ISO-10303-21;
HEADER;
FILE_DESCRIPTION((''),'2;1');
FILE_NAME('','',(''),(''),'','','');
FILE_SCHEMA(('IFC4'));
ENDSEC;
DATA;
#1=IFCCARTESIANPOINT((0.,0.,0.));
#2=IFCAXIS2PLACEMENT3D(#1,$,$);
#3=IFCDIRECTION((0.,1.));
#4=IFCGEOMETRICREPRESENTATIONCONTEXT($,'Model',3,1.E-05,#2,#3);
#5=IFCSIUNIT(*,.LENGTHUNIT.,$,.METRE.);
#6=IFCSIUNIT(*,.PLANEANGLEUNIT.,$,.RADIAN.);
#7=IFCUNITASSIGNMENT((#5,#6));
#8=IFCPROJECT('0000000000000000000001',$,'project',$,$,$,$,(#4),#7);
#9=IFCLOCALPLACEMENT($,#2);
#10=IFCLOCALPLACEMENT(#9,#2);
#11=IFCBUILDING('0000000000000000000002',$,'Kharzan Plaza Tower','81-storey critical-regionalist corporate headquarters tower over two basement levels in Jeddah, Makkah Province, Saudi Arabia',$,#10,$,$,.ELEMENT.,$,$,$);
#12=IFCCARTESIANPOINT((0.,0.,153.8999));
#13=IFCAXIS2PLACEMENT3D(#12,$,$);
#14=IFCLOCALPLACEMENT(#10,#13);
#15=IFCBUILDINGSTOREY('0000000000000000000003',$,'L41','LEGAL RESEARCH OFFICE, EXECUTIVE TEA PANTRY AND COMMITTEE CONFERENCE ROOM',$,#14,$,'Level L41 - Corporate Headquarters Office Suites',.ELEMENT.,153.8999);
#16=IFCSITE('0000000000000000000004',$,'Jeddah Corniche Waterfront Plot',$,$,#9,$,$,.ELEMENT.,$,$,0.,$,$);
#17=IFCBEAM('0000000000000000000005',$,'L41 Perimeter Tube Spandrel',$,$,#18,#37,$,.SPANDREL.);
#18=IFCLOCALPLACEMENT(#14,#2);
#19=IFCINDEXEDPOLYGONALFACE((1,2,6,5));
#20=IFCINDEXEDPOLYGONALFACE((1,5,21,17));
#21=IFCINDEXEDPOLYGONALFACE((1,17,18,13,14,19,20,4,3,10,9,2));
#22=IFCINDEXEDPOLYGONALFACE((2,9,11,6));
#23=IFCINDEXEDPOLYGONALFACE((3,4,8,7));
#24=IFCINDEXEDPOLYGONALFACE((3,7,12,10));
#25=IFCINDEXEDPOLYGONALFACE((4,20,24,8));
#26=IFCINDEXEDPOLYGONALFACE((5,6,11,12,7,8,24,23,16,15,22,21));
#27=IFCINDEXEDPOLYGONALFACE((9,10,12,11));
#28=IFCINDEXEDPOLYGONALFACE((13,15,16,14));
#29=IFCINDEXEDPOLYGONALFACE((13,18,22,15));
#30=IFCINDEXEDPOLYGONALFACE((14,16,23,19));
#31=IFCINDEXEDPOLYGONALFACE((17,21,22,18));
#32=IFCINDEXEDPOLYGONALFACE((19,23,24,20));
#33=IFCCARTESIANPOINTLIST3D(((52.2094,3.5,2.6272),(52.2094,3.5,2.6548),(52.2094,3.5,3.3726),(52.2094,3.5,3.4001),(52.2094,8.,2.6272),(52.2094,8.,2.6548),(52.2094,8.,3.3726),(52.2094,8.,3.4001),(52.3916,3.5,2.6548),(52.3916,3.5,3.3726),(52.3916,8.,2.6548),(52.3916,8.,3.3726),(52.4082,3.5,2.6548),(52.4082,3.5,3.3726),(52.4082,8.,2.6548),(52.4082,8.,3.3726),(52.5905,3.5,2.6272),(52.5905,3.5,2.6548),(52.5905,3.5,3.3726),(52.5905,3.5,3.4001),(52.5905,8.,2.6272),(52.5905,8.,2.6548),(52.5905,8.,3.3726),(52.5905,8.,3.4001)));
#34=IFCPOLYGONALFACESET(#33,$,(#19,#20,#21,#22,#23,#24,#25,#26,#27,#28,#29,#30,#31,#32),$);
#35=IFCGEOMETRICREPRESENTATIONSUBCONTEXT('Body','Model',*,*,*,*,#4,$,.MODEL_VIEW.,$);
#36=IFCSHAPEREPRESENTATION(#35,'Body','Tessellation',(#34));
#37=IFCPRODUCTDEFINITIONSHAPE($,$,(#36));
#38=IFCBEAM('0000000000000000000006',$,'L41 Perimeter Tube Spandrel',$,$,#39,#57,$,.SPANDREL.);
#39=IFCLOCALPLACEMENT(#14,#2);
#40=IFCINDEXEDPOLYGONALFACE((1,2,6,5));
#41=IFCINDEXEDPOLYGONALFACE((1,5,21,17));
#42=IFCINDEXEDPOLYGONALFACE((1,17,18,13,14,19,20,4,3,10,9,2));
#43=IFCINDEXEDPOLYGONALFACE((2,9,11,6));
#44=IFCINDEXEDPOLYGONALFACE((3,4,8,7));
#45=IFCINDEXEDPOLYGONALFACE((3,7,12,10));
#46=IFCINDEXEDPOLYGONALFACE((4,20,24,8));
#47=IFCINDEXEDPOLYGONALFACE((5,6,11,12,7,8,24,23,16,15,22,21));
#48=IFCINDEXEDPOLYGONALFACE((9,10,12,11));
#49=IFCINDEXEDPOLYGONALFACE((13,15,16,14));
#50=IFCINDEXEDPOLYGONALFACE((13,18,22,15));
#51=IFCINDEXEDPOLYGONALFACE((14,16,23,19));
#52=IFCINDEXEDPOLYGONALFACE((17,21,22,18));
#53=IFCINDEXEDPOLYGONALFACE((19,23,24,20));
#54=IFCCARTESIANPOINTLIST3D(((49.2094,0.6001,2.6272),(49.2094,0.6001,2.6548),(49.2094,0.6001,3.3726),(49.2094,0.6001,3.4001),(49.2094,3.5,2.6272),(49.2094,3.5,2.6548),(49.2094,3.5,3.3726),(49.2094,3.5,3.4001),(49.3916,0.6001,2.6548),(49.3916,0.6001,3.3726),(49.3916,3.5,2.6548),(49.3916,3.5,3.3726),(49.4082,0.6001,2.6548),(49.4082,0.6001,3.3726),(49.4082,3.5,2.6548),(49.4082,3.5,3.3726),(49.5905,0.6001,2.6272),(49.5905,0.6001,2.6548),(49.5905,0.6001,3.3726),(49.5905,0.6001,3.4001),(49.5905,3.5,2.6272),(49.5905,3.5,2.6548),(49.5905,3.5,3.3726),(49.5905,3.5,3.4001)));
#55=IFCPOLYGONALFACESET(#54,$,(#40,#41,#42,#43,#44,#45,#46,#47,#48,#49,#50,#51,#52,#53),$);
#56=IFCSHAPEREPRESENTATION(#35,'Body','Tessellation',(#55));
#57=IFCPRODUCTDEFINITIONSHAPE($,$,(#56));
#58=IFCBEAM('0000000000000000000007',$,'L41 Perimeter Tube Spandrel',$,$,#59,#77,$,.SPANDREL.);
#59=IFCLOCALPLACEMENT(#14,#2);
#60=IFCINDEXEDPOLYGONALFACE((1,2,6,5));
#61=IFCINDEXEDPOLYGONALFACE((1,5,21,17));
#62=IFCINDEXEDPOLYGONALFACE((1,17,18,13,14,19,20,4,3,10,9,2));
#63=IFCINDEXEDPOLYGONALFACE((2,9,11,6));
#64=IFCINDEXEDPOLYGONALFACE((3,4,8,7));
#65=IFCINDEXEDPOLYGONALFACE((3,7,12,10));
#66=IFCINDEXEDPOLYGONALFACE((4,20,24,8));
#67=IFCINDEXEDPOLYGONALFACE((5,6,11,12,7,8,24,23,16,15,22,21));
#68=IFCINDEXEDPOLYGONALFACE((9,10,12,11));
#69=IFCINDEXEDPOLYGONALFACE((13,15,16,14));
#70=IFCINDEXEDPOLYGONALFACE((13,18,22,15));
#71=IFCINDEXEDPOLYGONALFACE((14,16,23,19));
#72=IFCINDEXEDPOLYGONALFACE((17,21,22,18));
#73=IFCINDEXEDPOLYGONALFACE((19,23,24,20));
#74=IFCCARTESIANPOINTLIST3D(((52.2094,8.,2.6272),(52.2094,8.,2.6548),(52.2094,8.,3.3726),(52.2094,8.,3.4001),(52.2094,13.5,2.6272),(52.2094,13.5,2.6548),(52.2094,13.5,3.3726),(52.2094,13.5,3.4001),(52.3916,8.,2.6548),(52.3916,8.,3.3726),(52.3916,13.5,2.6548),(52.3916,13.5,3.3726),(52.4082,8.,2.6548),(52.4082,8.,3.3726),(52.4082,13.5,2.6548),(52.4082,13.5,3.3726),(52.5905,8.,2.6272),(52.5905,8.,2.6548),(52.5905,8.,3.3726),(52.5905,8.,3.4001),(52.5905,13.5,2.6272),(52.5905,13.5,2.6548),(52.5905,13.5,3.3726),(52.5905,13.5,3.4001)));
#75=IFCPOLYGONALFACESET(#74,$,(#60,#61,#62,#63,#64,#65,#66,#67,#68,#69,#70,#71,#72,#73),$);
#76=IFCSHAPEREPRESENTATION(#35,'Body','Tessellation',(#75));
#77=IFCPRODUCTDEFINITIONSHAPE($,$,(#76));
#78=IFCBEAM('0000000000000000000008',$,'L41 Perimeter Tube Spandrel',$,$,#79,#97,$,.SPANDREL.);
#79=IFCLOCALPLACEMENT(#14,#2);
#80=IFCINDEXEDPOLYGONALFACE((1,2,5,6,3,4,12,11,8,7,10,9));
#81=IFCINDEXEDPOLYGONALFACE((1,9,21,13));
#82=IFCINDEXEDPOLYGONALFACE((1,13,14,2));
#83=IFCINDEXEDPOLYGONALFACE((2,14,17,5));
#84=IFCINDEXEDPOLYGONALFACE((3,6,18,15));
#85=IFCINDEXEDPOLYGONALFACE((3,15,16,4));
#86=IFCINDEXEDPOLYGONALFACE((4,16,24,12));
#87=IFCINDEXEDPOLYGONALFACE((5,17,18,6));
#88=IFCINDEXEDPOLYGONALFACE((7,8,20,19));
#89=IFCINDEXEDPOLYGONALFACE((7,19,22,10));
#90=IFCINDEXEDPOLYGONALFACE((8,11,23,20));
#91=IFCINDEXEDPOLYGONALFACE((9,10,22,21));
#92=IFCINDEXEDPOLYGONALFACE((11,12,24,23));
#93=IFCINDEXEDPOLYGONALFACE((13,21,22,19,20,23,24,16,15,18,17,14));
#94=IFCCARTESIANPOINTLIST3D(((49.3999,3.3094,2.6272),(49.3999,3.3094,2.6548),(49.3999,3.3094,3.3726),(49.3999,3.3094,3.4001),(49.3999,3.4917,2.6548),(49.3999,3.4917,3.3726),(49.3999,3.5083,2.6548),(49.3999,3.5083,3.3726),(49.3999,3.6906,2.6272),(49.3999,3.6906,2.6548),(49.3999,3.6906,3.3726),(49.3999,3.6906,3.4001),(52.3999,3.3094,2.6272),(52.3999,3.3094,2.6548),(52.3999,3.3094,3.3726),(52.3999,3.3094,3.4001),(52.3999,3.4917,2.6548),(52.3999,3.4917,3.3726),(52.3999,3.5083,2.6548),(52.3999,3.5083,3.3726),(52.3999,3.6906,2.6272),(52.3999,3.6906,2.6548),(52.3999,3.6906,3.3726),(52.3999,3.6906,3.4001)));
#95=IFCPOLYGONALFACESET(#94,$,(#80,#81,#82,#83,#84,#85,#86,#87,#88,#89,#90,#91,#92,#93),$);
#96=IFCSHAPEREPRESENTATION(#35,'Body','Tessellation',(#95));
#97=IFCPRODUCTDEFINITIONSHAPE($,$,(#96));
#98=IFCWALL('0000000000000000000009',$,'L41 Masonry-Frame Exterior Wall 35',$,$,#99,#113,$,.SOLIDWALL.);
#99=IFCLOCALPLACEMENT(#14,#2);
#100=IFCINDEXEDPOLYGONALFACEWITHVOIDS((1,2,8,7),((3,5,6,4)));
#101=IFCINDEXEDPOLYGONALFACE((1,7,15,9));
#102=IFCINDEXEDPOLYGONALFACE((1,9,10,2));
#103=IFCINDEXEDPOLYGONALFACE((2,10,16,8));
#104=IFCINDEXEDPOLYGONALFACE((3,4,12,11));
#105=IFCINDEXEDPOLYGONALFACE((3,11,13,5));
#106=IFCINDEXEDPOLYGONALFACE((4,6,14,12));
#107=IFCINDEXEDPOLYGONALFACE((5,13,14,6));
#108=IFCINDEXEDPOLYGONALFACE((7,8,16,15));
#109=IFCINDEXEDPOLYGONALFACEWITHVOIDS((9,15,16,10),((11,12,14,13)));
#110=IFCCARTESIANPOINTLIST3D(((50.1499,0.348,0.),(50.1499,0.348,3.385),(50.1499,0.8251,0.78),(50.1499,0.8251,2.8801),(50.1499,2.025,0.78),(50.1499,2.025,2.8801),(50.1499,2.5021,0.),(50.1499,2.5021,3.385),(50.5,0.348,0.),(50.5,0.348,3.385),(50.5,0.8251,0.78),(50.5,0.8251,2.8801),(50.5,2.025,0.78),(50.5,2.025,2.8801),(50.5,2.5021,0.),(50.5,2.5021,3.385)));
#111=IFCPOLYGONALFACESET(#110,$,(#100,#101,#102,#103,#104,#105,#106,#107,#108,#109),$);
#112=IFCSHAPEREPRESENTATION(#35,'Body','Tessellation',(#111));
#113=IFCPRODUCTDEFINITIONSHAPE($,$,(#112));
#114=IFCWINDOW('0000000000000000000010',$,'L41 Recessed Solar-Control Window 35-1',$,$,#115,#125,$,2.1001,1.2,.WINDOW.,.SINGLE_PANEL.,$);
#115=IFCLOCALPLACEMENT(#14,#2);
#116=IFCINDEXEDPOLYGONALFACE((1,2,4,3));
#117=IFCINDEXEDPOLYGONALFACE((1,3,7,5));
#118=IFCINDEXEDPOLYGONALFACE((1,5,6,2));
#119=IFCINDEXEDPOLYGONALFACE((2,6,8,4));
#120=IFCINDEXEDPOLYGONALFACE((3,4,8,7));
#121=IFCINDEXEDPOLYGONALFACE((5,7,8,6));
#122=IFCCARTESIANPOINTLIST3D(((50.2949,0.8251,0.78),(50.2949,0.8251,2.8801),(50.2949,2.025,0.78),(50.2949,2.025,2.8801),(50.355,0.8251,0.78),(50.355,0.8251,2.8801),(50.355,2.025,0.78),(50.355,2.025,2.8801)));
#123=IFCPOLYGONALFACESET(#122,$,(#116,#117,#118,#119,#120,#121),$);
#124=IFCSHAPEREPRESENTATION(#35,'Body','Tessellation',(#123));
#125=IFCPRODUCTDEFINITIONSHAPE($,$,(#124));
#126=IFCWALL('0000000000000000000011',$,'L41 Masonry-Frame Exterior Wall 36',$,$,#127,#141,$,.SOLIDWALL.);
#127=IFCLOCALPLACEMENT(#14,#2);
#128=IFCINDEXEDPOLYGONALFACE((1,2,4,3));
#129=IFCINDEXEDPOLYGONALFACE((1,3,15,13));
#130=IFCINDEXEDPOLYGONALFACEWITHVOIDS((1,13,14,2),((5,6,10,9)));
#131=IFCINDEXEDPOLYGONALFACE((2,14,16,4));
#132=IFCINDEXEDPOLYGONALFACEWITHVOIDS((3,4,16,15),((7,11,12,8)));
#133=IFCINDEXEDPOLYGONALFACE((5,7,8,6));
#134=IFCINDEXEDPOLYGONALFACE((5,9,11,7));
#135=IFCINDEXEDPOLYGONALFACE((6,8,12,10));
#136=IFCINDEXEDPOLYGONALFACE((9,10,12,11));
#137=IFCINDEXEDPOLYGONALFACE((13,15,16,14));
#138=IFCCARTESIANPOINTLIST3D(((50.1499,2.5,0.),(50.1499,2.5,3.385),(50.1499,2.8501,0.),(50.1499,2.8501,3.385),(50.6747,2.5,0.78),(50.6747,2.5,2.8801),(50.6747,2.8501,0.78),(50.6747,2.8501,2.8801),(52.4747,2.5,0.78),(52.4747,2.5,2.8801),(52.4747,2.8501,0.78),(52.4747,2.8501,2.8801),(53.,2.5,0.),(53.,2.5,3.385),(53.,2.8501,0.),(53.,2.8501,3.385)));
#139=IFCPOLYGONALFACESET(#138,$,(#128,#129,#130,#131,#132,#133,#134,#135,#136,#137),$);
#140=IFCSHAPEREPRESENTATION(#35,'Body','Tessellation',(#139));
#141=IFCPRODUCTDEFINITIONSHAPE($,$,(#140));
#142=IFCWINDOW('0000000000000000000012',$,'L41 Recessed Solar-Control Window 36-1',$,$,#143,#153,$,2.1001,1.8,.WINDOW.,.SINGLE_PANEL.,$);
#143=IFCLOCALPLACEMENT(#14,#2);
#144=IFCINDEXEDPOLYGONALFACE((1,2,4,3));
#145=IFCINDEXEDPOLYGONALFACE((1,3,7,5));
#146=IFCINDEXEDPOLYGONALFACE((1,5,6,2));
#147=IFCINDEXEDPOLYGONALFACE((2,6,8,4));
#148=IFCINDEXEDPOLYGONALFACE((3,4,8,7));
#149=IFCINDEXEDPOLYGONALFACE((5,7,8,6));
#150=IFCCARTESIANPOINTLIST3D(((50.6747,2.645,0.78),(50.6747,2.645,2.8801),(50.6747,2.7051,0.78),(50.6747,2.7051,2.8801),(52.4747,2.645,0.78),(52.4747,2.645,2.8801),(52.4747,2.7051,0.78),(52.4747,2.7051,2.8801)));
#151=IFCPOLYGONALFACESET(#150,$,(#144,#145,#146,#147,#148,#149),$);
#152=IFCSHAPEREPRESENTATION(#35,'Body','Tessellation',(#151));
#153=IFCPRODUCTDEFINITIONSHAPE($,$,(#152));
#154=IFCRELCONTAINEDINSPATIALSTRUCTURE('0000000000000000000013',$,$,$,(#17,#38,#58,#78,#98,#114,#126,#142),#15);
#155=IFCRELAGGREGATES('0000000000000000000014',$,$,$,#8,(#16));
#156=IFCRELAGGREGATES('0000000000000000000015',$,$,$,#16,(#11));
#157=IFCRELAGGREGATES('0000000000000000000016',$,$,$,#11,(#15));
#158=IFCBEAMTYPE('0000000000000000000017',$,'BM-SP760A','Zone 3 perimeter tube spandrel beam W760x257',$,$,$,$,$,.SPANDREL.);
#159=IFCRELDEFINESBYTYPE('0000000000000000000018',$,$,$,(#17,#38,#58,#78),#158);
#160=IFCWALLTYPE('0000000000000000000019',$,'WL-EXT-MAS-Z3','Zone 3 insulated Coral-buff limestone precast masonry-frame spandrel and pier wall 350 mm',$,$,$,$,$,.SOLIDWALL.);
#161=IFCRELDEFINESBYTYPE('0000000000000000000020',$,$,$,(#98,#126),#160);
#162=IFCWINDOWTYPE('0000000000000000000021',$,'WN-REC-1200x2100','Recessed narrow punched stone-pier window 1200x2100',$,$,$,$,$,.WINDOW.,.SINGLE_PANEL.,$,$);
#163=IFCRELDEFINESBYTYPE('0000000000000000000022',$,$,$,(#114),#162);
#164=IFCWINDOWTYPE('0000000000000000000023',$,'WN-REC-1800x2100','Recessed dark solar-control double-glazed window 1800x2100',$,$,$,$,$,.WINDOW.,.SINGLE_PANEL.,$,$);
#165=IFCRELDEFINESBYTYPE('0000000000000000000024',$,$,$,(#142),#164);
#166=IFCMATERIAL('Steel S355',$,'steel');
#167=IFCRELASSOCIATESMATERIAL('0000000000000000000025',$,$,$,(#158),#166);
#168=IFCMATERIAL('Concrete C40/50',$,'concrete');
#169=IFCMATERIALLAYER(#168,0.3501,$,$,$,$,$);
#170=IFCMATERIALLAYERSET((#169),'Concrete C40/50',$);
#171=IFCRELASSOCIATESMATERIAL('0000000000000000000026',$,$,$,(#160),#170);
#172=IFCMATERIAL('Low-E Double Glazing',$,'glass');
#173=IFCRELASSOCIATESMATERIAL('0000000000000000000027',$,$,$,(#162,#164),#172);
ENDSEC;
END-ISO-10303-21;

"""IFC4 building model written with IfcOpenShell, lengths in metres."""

from ifc_helpers import new_model, si_unit, direction, frame, frame_2d, origin, origin_2d, place, context, subcontext, project, spatial, rectangle, i_section, extrude, source, transform, mapped, material, layer, layer_set, material_profile, profile_set, type_object, element, fill, save


model = new_model("IFC4")

# Units and contexts
model_context = context("Model", 3, precision=1e-05, world=origin(), true_north=direction((0.0, 1.0)))
body_context = subcontext(model_context, "Body", "Model", "MODEL_VIEW")
ifc_project = project(units=[si_unit("LENGTHUNIT", "METRE"), si_unit("PLANEANGLEUNIT", "RADIAN")], contexts=[model_context])

# Site, building, storey
site_placement = place(None, origin())
site = spatial("IfcSite", under=ifc_project, at=site_placement, Name="Jeddah Corniche Waterfront Plot", CompositionType="ELEMENT", RefElevation=0.0)
building_placement = place(site_placement, origin())
building = spatial("IfcBuilding", under=site, at=building_placement, Name="Kharzan Plaza Tower", Description="81-storey critical-regionalist corporate headquarters tower over two basement levels in Jeddah, Makkah Province, Saudi Arabia", CompositionType="ELEMENT")
storey_placement = place(building_placement, frame((0.0, 0.0, 153.8999)))
storey = spatial("IfcBuildingStorey", under=building, at=storey_placement, Name="L41", Description="LEGAL RESEARCH OFFICE, EXECUTIVE TEA PANTRY AND COMMITTEE CONFERENCE ROOM", LongName="Level L41 - Corporate Headquarters Office Suites", CompositionType="ELEMENT", Elevation=153.8999)

# Beams
ifc_material_1 = material(Name="Steel S355", Category="steel")
ifc_material_profile_1 = material_profile(ifc_material_1, i_section(OverallWidth=0.3811, OverallDepth=0.7729, WebThickness=0.0166, FlangeThickness=0.0276, at=origin_2d()), Name="W760x257")
ifc_profile_set_1 = profile_set([ifc_material_profile_1], Name="Steel S355")
beam_type_1 = type_object("IfcBeamType", Name="BM-SP760A", Description="Zone 3 perimeter tube spandrel beam W760x257", PredefinedType="SPANDREL", material=ifc_profile_set_1)
shared_shape_1 = source(origin(), body_context, "Body", "SweptSolid", [
    extrude(i_section(OverallWidth=0.3811, OverallDepth=0.7729, WebThickness=0.0166, FlangeThickness=0.0276, at=origin_2d()), origin(), (0.0, 0.0, 1.0), 4.5),
])
beam_1_placement = place(storey_placement, frame((52.3999, 3.5, 3.0137), z_axis=(0.0, 1.0, 0.0), x_axis=(-1.0, 0.0, 0.0)))
element("IfcBeam", 1, at=beam_1_placement, inside=storey, type_object=beam_type_1, Name="L41 Perimeter Tube Spandrel", PredefinedType="SPANDREL", context=body_context, shape_type="MappedRepresentation", body=[
    mapped(shared_shape_1, transform((0.0, 0.0, 0.0), x_axis=(1.0, 0.0, 0.0), y_axis=(0.0, 1.0, 0.0), z_axis=(0.0, 0.0, 1.0))),
])
shared_shape_2 = source(origin(), body_context, "Body", "SweptSolid", [
    extrude(i_section(OverallWidth=0.3811, OverallDepth=0.7729, WebThickness=0.0166, FlangeThickness=0.0276, at=origin_2d()), origin(), (0.0, 0.0, 1.0), 2.8999),
])
beam_2_placement = place(storey_placement, frame((49.3999, 0.6001, 3.0137), z_axis=(0.0, 1.0, 0.0), x_axis=(-1.0, 0.0, 0.0)))
element("IfcBeam", 2, at=beam_2_placement, inside=storey, type_object=beam_type_1, Name="L41 Perimeter Tube Spandrel", PredefinedType="SPANDREL", context=body_context, shape_type="MappedRepresentation", body=[
    mapped(shared_shape_2, transform((0.0, 0.0, 0.0), x_axis=(1.0, 0.0, 0.0), y_axis=(0.0, 1.0, 0.0), z_axis=(0.0, 0.0, 1.0))),
])
shared_shape_3 = source(origin(), body_context, "Body", "SweptSolid", [
    extrude(i_section(OverallWidth=0.3811, OverallDepth=0.7729, WebThickness=0.0166, FlangeThickness=0.0276, at=origin_2d()), origin(), (0.0, 0.0, 1.0), 5.5),
])
beam_3_placement = place(storey_placement, frame((52.3999, 8.0, 3.0137), z_axis=(0.0, 1.0, 0.0), x_axis=(-1.0, 0.0, 0.0)))
element("IfcBeam", 3, at=beam_3_placement, inside=storey, type_object=beam_type_1, Name="L41 Perimeter Tube Spandrel", PredefinedType="SPANDREL", context=body_context, shape_type="MappedRepresentation", body=[
    mapped(shared_shape_3, transform((0.0, 0.0, 0.0), x_axis=(1.0, 0.0, 0.0), y_axis=(0.0, 1.0, 0.0), z_axis=(0.0, 0.0, 1.0))),
])
shared_shape_4 = source(origin(), body_context, "Body", "SweptSolid", [
    extrude(i_section(OverallWidth=0.3811, OverallDepth=0.7729, WebThickness=0.0166, FlangeThickness=0.0276, at=origin_2d()), origin(), (0.0, 0.0, 1.0), 3.0),
])
beam_4_placement = place(storey_placement, frame((49.3999, 3.5, 3.0137), z_axis=(1.0, 0.0, 0.0), x_axis=(0.0, 1.0, 0.0)))
element("IfcBeam", 4, at=beam_4_placement, inside=storey, type_object=beam_type_1, Name="L41 Perimeter Tube Spandrel", PredefinedType="SPANDREL", context=body_context, shape_type="MappedRepresentation", body=[
    mapped(shared_shape_4, transform((0.0, 0.0, 0.0), x_axis=(1.0, 0.0, 0.0), y_axis=(0.0, 1.0, 0.0), z_axis=(0.0, 0.0, 1.0))),
])

# Walls, openings, windows
ifc_material_2 = material(Name="Concrete C40/50", Category="concrete")
ifc_layer_1 = layer(ifc_material_2, 0.3501)
ifc_layer_set_1 = layer_set([ifc_layer_1], Name="Concrete C40/50")
wall_type_1 = type_object("IfcWallType", Name="WL-EXT-MAS-Z3", Description="Zone 3 insulated Coral-buff limestone precast masonry-frame spandrel and pier wall 350 mm", PredefinedType="SOLIDWALL", material=ifc_layer_set_1)
wall_1_placement = place(storey_placement, frame((50.325, 0.3479, 0.0), z_axis=(0.0, 0.0, 1.0), x_axis=(0.0, 1.0, 0.0)))
wall_1 = element("IfcWall", 5, at=wall_1_placement, inside=storey, type_object=wall_type_1, Name="L41 Masonry-Frame Exterior Wall 35", PredefinedType="SOLIDWALL", context=body_context, shape_type="SweptSolid", body=[
    extrude(rectangle(XDim=2.1541, YDim=0.3501, at=frame_2d((1.0771, 0.0))), origin(), (0.0, 0.0, 1.0), 3.385),
])
opening_1_placement = place(wall_1_placement, frame((0.4771, 0.0, 0.78)))
opening_1 = element("IfcOpeningElement", 6, at=opening_1_placement, cuts=wall_1, PredefinedType="OPENING", context=body_context, shape_type="SweptSolid", body=[
    extrude(rectangle(XDim=1.2, YDim=2.1001, at=frame_2d((0.6001, 1.05))), frame((0.0, 0.1851, 0.0), z_axis=(0.0, -1.0, 0.0), x_axis=(1.0, 0.0, 0.0)), (0.0, 0.0, 1.0), 0.3701),
])
ifc_material_3 = material(Name="Low-E Double Glazing", Category="glass")
window_type_1 = type_object("IfcWindowType", Name="WN-REC-1200x2100", Description="Recessed narrow punched stone-pier window 1200x2100", PartitioningType="SINGLE_PANEL", PredefinedType="WINDOW", material=ifc_material_3)
shared_shape_5 = source(origin(), body_context, "Body", "SweptSolid", [
    extrude(rectangle(XDim=1.2, YDim=2.1001, at=frame_2d((0.6001, 1.05))), frame((0.0, 0.03, 0.0), z_axis=(0.0, -1.0, 0.0), x_axis=(1.0, 0.0, 0.0)), (0.0, 0.0, 1.0), 0.0601),
])
window_1_placement = place(opening_1_placement, origin())
window_1 = element("IfcWindow", 7, at=window_1_placement, inside=storey, type_object=window_type_1, Name="L41 Recessed Solar-Control Window 35-1", OverallHeight=2.1001, OverallWidth=1.2, PartitioningType="SINGLE_PANEL", PredefinedType="WINDOW", context=body_context, shape_type="MappedRepresentation", body=[
    mapped(shared_shape_5, transform((0.0, 0.0, 0.0), x_axis=(1.0, 0.0, 0.0), y_axis=(0.0, 1.0, 0.0), z_axis=(0.0, 0.0, 1.0))),
])
fill(opening_1, window_1)
wall_2_placement = place(storey_placement, frame((50.1499, 2.675, 0.0), z_axis=(0.0, 0.0, 1.0), x_axis=(1.0, 0.0, 0.0)))
wall_2 = element("IfcWall", 8, at=wall_2_placement, inside=storey, type_object=wall_type_1, Name="L41 Masonry-Frame Exterior Wall 36", PredefinedType="SOLIDWALL", context=body_context, shape_type="SweptSolid", body=[
    extrude(rectangle(XDim=2.8501, YDim=0.3501, at=frame_2d((1.425, 0.0))), origin(), (0.0, 0.0, 1.0), 3.385),
])
opening_2_placement = place(wall_2_placement, frame((0.5249, 0.0, 0.78)))
opening_2 = element("IfcOpeningElement", 9, at=opening_2_placement, cuts=wall_2, PredefinedType="OPENING", context=body_context, shape_type="SweptSolid", body=[
    extrude(rectangle(XDim=1.8, YDim=2.1001, at=frame_2d((0.8999, 1.05))), frame((0.0, 0.1851, 0.0), z_axis=(0.0, -1.0, 0.0), x_axis=(1.0, 0.0, 0.0)), (0.0, 0.0, 1.0), 0.3701),
])
window_type_2 = type_object("IfcWindowType", Name="WN-REC-1800x2100", Description="Recessed dark solar-control double-glazed window 1800x2100", PartitioningType="SINGLE_PANEL", PredefinedType="WINDOW", material=ifc_material_3)
shared_shape_6 = source(origin(), body_context, "Body", "SweptSolid", [
    extrude(rectangle(XDim=1.8, YDim=2.1001, at=frame_2d((0.8999, 1.05))), frame((0.0, 0.03, 0.0), z_axis=(0.0, -1.0, 0.0), x_axis=(1.0, 0.0, 0.0)), (0.0, 0.0, 1.0), 0.0601),
])
window_2_placement = place(opening_2_placement, origin())
window_2 = element("IfcWindow", 10, at=window_2_placement, inside=storey, type_object=window_type_2, Name="L41 Recessed Solar-Control Window 36-1", OverallHeight=2.1001, OverallWidth=1.8, PartitioningType="SINGLE_PANEL", PredefinedType="WINDOW", context=body_context, shape_type="MappedRepresentation", body=[
    mapped(shared_shape_6, transform((0.0, 0.0, 0.0), x_axis=(1.0, 0.0, 0.0), y_axis=(0.0, 1.0, 0.0), z_axis=(0.0, 0.0, 1.0))),
])
fill(opening_2, window_2)

save(model, "model.ifc")
